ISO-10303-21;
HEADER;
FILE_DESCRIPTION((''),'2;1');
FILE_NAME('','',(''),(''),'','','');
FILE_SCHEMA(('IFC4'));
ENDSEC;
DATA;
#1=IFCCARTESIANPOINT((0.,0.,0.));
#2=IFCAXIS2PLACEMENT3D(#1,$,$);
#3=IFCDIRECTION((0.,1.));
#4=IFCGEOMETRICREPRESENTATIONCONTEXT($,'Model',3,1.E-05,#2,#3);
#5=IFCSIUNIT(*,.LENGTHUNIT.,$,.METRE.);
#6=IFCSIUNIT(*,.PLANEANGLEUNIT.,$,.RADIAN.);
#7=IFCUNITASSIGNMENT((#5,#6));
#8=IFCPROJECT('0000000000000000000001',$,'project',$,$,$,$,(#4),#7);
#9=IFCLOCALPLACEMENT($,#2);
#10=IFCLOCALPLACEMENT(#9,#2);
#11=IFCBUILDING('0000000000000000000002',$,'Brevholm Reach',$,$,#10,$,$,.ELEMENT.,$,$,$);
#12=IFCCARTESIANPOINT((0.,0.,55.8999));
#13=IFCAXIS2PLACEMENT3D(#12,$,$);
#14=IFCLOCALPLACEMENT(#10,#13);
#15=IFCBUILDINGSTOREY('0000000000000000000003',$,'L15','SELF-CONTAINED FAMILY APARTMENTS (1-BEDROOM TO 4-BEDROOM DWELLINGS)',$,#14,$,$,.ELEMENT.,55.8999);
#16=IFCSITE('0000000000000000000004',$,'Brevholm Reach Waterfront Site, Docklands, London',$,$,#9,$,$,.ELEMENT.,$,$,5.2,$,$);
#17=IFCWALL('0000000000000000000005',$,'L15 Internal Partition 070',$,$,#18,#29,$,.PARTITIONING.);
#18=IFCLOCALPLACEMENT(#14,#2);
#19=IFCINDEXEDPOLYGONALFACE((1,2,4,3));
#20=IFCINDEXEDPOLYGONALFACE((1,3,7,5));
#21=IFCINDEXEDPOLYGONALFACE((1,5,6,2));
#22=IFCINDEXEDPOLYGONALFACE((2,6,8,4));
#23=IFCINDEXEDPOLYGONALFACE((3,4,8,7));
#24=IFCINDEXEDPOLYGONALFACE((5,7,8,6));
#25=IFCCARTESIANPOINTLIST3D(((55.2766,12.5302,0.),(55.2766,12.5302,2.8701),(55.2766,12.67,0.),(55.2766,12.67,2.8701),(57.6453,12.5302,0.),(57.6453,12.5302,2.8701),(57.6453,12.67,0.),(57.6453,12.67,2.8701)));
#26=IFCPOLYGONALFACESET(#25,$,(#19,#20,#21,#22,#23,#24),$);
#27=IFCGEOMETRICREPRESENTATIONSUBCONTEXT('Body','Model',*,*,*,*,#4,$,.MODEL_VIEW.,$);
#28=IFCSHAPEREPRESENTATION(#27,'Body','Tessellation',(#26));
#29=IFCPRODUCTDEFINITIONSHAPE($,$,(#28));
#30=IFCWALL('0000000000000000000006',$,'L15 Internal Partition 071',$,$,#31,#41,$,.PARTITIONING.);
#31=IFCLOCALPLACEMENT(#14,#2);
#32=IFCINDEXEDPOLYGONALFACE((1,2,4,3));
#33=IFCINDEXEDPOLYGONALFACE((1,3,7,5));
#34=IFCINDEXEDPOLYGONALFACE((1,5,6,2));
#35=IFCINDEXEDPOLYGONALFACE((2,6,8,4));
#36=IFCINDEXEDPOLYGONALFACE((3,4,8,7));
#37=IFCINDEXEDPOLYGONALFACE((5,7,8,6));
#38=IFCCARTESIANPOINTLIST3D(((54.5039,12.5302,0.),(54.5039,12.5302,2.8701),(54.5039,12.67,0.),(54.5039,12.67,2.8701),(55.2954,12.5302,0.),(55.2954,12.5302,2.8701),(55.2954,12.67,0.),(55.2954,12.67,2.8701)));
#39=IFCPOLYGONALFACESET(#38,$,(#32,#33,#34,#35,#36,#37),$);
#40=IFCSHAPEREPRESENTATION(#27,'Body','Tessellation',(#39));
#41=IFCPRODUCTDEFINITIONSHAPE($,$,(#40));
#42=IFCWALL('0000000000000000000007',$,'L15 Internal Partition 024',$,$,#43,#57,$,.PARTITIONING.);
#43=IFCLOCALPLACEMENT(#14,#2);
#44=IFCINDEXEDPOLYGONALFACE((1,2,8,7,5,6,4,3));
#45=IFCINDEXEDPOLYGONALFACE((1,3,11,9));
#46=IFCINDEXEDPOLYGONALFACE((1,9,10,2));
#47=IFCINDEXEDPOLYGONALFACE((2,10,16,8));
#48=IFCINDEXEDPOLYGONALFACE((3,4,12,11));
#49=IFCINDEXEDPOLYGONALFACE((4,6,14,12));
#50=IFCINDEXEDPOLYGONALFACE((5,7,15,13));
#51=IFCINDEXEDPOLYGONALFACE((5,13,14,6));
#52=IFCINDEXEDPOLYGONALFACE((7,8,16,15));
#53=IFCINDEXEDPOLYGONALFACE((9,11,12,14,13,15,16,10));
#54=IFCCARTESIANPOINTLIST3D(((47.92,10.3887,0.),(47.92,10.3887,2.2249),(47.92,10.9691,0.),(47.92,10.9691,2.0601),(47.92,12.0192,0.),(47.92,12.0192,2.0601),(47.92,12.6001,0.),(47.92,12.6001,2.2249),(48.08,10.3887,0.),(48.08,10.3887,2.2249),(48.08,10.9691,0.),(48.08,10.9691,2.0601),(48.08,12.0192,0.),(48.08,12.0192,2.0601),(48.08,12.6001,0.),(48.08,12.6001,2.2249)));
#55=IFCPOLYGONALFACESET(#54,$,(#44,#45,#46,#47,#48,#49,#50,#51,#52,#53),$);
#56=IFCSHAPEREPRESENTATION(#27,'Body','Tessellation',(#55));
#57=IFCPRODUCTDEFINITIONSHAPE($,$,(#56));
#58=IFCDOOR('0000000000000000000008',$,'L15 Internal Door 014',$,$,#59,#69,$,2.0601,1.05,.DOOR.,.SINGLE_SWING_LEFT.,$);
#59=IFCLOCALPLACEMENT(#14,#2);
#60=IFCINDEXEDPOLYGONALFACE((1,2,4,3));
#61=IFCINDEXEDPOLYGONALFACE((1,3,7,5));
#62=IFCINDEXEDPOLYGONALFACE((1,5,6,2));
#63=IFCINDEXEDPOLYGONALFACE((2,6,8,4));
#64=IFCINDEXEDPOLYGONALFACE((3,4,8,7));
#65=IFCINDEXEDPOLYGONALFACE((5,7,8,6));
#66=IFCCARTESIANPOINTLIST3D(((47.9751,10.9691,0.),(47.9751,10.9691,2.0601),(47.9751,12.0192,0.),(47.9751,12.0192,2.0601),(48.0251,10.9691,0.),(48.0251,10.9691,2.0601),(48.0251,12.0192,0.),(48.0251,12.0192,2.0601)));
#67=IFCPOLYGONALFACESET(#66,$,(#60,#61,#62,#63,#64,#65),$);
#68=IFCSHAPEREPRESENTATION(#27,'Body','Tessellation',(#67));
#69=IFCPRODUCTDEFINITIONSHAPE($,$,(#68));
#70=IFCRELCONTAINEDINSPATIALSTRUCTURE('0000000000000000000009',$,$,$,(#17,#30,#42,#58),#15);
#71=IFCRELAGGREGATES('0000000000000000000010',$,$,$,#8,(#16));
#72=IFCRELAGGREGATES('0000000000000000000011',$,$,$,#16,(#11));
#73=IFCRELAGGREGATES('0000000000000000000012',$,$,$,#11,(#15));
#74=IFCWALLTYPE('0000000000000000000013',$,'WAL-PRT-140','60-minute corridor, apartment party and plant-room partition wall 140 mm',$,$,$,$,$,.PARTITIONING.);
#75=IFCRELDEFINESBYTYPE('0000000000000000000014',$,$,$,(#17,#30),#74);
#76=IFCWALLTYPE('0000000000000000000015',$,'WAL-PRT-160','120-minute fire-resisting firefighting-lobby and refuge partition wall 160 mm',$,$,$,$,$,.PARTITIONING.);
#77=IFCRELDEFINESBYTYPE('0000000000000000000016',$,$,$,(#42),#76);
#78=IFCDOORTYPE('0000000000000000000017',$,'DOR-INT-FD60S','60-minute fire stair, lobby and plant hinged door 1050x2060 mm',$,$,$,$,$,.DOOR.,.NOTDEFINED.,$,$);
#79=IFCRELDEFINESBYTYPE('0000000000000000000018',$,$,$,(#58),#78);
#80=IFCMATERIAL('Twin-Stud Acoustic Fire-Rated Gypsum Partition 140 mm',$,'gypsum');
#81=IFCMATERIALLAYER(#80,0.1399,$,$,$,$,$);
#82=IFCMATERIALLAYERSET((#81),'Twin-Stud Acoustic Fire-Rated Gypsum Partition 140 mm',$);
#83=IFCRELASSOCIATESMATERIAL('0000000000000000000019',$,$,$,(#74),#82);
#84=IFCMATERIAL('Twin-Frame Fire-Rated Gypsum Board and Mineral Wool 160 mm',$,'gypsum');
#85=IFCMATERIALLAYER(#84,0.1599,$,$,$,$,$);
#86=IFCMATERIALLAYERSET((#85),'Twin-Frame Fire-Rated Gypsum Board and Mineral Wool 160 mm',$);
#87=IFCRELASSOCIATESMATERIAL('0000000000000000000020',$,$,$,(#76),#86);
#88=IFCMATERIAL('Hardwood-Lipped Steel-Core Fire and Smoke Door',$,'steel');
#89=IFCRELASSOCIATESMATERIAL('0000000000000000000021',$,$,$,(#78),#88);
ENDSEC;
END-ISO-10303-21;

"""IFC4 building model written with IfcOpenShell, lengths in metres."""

from ifc_helpers import new_model, si_unit, direction, frame, frame_2d, origin, place, context, subcontext, project, spatial, rectangle, extrude, material, layer, layer_set, type_object, element, fill, save


model = new_model("IFC4")

# Units and contexts
model_context = context("Model", 3, precision=1e-05, world=origin(), true_north=direction((0.0, 1.0)))
body_context = subcontext(model_context, "Body", "Model", "MODEL_VIEW")
ifc_project = project(units=[si_unit("LENGTHUNIT", "METRE"), si_unit("PLANEANGLEUNIT", "RADIAN")], contexts=[model_context])

# Site, building, storey
site_placement = place(None, origin())
site = spatial("IfcSite", under=ifc_project, at=site_placement, Name="Brevholm Reach Waterfront Site, Docklands, London", CompositionType="ELEMENT", RefElevation=5.2)
building_placement = place(site_placement, origin())
building = spatial("IfcBuilding", under=site, at=building_placement, Name="Brevholm Reach", CompositionType="ELEMENT")
storey_placement = place(building_placement, frame((0.0, 0.0, 55.8999)))
storey = spatial("IfcBuildingStorey", under=building, at=storey_placement, Name="L15", Description="SELF-CONTAINED FAMILY APARTMENTS (1-BEDROOM TO 4-BEDROOM DWELLINGS)", CompositionType="ELEMENT", Elevation=55.8999)

# Shared definitions
ifc_material_1 = material(Name="Twin-Stud Acoustic Fire-Rated Gypsum Partition 140 mm", Category="gypsum")
ifc_layer_1 = layer(ifc_material_1, 0.1399)
ifc_layer_set_1 = layer_set([ifc_layer_1], Name="Twin-Stud Acoustic Fire-Rated Gypsum Partition 140 mm")
wall_type_1 = type_object("IfcWallType", Name="WAL-PRT-140", Description="60-minute corridor, apartment party and plant-room partition wall 140 mm", PredefinedType="PARTITIONING", material=ifc_layer_set_1)

# Walls
wall_1_placement = place(storey_placement, frame((55.2766, 12.6001, 0.0), z_axis=(0.0, 0.0, 1.0), x_axis=(1.0, 0.0, 0.0)))
element("IfcWall", 1, at=wall_1_placement, inside=storey, type_object=wall_type_1, Name="L15 Internal Partition 070", PredefinedType="PARTITIONING", context=body_context, shape_type="SweptSolid", body=[
    extrude(rectangle(XDim=2.3687, YDim=0.1399, at=frame_2d((1.1843, 0.0))), origin(), (0.0, 0.0, 1.0), 2.8701),
])
wall_2_placement = place(storey_placement, frame((54.5039, 12.6001, 0.0), z_axis=(0.0, 0.0, 1.0), x_axis=(1.0, 0.0, 0.0)))
element("IfcWall", 2, at=wall_2_placement, inside=storey, type_object=wall_type_1, Name="L15 Internal Partition 071", PredefinedType="PARTITIONING", context=body_context, shape_type="SweptSolid", body=[
    extrude(rectangle(XDim=0.7915, YDim=0.1399, at=frame_2d((0.3958, 0.0))), origin(), (0.0, 0.0, 1.0), 2.8701),
])

# Wall, opening, door
ifc_material_2 = material(Name="Twin-Frame Fire-Rated Gypsum Board and Mineral Wool 160 mm", Category="gypsum")
ifc_layer_2 = layer(ifc_material_2, 0.1599)
ifc_layer_set_2 = layer_set([ifc_layer_2], Name="Twin-Frame Fire-Rated Gypsum Board and Mineral Wool 160 mm")
wall_type_2 = type_object("IfcWallType", Name="WAL-PRT-160", Description="120-minute fire-resisting firefighting-lobby and refuge partition wall 160 mm", PredefinedType="PARTITIONING", material=ifc_layer_set_2)
wall_3_placement = place(storey_placement, frame((48.0, 10.3887, 0.0), z_axis=(0.0, 0.0, 1.0), x_axis=(0.0, 1.0, 0.0)))
wall_3 = element("IfcWall", 3, at=wall_3_placement, inside=storey, type_object=wall_type_2, Name="L15 Internal Partition 024", PredefinedType="PARTITIONING", context=body_context, shape_type="SweptSolid", body=[
    extrude(rectangle(XDim=2.2114, YDim=0.1599, at=frame_2d((1.1057, 0.0))), origin(), (0.0, 0.0, 1.0), 2.2249),
])
opening_1_placement = place(wall_3_placement, frame((0.5806, 0.0, 0.0)))
opening_1 = element("IfcOpeningElement", 4, at=opening_1_placement, cuts=wall_3, PredefinedType="OPENING", context=body_context, shape_type="SweptSolid", body=[
    extrude(rectangle(XDim=1.05, YDim=2.0601, at=frame_2d((0.5249, 1.03))), frame((0.0, 0.0898, 0.0), z_axis=(0.0, -1.0, 0.0), x_axis=(1.0, 0.0, 0.0)), (0.0, 0.0, 1.0), 0.1799),
])
ifc_material_3 = material(Name="Hardwood-Lipped Steel-Core Fire and Smoke Door", Category="steel")
door_type_1 = type_object("IfcDoorType", Name="DOR-INT-FD60S", Description="60-minute fire stair, lobby and plant hinged door 1050x2060 mm", OperationType="NOTDEFINED", PredefinedType="DOOR", material=ifc_material_3)
door_1_placement = place(opening_1_placement, origin())
door_1 = element("IfcDoor", 5, at=door_1_placement, inside=storey, type_object=door_type_1, Name="L15 Internal Door 014", OperationType="SINGLE_SWING_LEFT", OverallHeight=2.0601, OverallWidth=1.05, PredefinedType="DOOR", context=body_context, shape_type="SweptSolid", body=[
    extrude(rectangle(XDim=1.05, YDim=2.0601, at=frame_2d((0.5249, 1.03))), frame((0.0, 0.0249, 0.0), z_axis=(0.0, -1.0, 0.0), x_axis=(1.0, 0.0, 0.0)), (0.0, 0.0, 1.0), 0.05),
])
fill(opening_1, door_1)

save(model, "model.ifc")
